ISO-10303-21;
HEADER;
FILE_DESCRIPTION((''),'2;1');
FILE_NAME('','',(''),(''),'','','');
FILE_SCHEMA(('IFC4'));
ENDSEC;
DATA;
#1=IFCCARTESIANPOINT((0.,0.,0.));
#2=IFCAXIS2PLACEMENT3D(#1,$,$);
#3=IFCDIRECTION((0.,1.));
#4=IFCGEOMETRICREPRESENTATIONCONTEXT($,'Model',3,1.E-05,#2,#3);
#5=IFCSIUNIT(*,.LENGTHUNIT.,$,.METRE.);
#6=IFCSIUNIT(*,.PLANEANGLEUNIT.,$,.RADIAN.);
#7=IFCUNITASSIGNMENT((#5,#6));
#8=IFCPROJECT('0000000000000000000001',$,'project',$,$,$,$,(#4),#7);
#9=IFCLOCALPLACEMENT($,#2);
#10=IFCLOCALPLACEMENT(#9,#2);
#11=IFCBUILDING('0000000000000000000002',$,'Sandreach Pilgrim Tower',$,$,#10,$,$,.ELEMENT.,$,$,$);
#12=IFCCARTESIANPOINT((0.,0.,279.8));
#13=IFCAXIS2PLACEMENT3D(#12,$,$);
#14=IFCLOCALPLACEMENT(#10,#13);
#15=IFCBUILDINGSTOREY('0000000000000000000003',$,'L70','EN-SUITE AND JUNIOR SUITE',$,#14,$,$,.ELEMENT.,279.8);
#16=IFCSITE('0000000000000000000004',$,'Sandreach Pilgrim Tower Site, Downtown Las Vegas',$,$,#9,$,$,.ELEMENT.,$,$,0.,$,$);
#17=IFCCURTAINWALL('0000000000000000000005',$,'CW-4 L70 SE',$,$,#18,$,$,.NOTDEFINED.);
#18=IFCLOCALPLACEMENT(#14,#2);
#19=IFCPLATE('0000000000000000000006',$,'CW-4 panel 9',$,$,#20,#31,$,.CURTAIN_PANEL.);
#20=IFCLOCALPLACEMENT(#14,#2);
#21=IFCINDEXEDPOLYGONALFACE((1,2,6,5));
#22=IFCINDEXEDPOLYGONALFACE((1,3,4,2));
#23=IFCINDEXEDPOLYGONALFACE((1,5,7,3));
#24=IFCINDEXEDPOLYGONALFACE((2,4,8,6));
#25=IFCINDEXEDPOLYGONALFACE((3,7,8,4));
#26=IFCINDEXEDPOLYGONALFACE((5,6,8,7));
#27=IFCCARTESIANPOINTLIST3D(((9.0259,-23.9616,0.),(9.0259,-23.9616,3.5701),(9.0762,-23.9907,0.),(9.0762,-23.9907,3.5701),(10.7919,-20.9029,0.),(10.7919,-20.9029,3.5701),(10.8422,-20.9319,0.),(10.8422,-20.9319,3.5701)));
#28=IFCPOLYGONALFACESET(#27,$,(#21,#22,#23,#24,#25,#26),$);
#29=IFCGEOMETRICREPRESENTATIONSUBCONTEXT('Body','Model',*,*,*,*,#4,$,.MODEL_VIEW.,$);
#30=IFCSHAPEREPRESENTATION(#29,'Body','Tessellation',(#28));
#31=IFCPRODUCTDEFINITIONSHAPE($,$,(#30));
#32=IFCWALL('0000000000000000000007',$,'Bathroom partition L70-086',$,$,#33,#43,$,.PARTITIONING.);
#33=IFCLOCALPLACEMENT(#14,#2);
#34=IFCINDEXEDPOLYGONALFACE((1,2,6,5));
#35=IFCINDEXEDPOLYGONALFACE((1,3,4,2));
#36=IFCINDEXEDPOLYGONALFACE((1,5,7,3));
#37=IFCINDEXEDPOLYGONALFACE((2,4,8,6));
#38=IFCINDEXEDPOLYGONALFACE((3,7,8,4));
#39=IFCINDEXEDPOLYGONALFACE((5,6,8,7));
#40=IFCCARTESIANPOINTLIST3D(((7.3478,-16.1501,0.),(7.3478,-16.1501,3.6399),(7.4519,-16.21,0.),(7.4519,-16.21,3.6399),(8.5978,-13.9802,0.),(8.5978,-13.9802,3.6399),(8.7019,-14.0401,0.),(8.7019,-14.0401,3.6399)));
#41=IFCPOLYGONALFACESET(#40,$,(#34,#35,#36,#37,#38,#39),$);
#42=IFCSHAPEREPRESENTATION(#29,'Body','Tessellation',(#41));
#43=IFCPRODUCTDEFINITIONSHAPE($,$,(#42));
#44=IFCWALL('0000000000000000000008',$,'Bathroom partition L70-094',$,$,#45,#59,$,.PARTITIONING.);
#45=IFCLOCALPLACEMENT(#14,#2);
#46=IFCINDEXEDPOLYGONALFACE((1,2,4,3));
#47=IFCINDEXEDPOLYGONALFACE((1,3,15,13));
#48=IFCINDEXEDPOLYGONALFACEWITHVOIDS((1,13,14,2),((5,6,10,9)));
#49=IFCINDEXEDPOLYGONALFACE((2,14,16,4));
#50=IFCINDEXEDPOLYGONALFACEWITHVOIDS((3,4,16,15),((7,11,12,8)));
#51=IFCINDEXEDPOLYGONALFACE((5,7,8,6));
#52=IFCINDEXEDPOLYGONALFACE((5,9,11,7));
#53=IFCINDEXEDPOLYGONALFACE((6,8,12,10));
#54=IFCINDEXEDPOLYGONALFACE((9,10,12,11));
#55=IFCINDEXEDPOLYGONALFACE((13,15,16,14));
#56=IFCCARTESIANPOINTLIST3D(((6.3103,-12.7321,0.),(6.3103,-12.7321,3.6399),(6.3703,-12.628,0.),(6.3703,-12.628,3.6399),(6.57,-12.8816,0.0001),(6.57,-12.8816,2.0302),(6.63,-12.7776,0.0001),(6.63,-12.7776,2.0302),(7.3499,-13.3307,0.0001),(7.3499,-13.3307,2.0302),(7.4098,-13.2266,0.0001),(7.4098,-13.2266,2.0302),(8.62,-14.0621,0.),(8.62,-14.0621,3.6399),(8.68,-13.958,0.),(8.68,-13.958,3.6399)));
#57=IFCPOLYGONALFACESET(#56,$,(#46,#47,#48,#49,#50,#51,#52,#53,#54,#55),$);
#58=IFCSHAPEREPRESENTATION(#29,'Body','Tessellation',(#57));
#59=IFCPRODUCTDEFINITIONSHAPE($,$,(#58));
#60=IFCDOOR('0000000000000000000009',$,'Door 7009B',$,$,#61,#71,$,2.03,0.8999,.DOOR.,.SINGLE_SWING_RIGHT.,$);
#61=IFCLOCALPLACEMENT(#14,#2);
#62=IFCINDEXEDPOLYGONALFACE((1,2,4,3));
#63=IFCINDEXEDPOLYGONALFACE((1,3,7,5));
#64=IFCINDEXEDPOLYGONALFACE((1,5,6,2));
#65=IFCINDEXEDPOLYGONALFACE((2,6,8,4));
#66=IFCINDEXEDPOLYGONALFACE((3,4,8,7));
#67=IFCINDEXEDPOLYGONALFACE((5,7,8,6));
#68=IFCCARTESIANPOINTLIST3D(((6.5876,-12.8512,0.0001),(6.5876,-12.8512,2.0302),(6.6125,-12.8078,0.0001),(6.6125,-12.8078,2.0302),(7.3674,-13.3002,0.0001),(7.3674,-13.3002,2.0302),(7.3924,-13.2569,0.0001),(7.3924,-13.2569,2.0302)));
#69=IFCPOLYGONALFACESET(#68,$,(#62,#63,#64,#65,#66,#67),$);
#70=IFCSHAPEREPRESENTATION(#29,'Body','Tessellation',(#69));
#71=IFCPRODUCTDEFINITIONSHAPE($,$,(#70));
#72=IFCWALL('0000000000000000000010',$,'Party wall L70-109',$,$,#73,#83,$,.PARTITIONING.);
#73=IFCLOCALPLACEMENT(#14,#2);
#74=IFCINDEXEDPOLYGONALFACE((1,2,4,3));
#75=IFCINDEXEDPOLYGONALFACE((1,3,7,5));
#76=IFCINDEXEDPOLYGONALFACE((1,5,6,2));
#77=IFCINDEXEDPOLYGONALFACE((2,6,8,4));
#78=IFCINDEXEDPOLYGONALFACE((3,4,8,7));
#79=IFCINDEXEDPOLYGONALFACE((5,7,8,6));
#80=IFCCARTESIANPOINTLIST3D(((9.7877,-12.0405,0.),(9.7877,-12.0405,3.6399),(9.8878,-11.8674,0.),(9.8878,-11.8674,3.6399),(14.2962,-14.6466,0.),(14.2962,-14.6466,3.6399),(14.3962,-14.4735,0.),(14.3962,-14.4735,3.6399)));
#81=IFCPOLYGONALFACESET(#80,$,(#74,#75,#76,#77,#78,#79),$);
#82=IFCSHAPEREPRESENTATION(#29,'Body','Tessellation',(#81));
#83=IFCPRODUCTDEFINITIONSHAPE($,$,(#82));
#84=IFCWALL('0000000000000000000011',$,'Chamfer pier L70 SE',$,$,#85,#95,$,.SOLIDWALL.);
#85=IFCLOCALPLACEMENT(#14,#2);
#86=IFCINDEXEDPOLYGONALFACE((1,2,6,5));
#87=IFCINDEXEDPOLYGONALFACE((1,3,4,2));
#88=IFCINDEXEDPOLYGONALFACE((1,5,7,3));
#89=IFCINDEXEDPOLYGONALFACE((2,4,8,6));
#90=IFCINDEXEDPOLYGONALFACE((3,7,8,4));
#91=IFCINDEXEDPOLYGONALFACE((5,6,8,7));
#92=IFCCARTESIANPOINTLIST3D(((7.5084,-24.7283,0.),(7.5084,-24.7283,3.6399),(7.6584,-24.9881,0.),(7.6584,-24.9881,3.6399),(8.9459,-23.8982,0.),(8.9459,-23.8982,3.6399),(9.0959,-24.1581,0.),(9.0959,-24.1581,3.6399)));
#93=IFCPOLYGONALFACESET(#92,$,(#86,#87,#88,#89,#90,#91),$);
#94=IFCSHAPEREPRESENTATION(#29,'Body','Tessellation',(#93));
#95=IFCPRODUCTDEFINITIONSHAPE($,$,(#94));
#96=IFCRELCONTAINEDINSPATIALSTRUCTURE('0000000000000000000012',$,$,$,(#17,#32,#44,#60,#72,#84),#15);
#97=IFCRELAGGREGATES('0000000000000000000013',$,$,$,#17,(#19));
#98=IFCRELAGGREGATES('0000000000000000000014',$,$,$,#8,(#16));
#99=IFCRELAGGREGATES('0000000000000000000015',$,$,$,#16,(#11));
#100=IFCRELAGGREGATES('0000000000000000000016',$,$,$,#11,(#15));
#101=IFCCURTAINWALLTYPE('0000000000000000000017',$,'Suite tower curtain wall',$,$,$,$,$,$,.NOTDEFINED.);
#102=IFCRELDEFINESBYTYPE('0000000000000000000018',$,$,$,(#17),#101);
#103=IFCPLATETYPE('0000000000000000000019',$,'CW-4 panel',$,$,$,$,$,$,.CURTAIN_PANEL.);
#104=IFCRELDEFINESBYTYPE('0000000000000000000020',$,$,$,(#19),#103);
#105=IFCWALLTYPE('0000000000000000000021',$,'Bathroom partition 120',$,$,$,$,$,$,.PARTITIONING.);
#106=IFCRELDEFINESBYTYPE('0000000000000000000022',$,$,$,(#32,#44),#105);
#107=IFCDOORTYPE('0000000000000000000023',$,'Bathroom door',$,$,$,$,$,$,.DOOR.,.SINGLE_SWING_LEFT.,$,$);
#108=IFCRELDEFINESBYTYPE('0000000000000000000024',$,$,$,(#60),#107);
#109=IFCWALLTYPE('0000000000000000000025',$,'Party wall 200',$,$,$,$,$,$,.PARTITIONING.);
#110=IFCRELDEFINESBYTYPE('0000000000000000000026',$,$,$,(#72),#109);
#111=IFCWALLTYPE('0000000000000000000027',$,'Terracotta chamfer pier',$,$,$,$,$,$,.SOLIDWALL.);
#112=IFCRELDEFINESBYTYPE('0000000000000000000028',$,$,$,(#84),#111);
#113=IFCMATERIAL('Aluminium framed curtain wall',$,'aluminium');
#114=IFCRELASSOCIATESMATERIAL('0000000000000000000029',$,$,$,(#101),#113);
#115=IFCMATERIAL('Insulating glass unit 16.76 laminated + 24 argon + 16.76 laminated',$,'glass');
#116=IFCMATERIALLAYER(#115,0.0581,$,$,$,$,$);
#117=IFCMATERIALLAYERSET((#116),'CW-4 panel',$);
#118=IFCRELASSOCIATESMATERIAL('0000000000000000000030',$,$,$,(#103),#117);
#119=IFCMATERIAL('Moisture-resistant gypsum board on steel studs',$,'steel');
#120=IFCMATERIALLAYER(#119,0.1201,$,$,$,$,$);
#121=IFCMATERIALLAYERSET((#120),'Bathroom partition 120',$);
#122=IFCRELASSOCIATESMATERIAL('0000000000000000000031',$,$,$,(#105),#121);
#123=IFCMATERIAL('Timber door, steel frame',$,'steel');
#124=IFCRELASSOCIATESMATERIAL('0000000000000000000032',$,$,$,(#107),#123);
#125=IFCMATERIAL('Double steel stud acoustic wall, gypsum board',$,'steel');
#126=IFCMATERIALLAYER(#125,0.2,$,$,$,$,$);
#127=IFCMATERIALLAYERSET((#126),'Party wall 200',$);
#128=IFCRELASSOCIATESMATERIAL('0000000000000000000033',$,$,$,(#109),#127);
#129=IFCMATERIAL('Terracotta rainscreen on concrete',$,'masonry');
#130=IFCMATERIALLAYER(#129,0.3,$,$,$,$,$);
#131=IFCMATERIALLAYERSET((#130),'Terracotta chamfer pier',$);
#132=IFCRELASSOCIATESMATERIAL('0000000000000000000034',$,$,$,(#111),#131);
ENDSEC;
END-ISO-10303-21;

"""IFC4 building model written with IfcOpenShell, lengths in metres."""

from ifc_helpers import new_model, si_unit, direction, frame, frame_2d, origin, origin_2d, place, context, subcontext, project, spatial, rectangle, extrude, material, layer, layer_set, type_object, element, fill, aggregate, save


model = new_model("IFC4")

# Units and contexts
model_context = context("Model", 3, precision=1e-05, world=origin(), true_north=direction((0.0, 1.0)))
body_context = subcontext(model_context, "Body", "Model", "MODEL_VIEW")
ifc_project = project(units=[si_unit("LENGTHUNIT", "METRE"), si_unit("PLANEANGLEUNIT", "RADIAN")], contexts=[model_context])

# Site, building, storey
site_placement = place(None, origin())
site = spatial("IfcSite", under=ifc_project, at=site_placement, Name="Sandreach Pilgrim Tower Site, Downtown Las Vegas", CompositionType="ELEMENT", RefElevation=0.0)
building_placement = place(site_placement, origin())
building = spatial("IfcBuilding", under=site, at=building_placement, Name="Sandreach Pilgrim Tower", CompositionType="ELEMENT")
storey_placement = place(building_placement, frame((0.0, 0.0, 279.8)))
storey = spatial("IfcBuildingStorey", under=building, at=storey_placement, Name="L70", Description="EN-SUITE AND JUNIOR SUITE", CompositionType="ELEMENT", Elevation=279.8)

# Curtain wall
ifc_material_1 = material(Name="Aluminium framed curtain wall", Category="aluminium")
curtain_wall_type = type_object("IfcCurtainWallType", Name="Suite tower curtain wall", PredefinedType="NOTDEFINED", material=ifc_material_1)
curtain_wall_1_placement = place(storey_placement, origin())
curtain_wall_1 = element("IfcCurtainWall", 1, at=curtain_wall_1_placement, inside=storey, type_object=curtain_wall_type, Name="CW-4 L70 SE", PredefinedType="NOTDEFINED")

# Plate
ifc_material_2 = material(Name="Insulating glass unit 16.76 laminated + 24 argon + 16.76 laminated", Category="glass")
ifc_layer_1 = layer(ifc_material_2, 0.0581)
ifc_layer_set_1 = layer_set([ifc_layer_1], Name="CW-4 panel")
plate_type = type_object("IfcPlateType", Name="CW-4 panel", PredefinedType="CURTAIN_PANEL", material=ifc_layer_set_1)
plate_1_placement = place(storey_placement, frame((9.9341, -22.4468, 0.0), z_axis=(0.0, 0.0, 1.0), x_axis=(-0.5, -0.866025, 0.0)))
plate_1 = element("IfcPlate", 2, at=plate_1_placement, type_object=plate_type, Name="CW-4 panel 9", PredefinedType="CURTAIN_PANEL", context=body_context, shape_type="SweptSolid", body=[
    extrude(rectangle(XDim=3.532, YDim=0.0581, at=origin_2d()), origin(), (0.0, 0.0, 1.0), 3.5701),
])
aggregate(curtain_wall_1, [plate_1])

# Wall
ifc_material_3 = material(Name="Moisture-resistant gypsum board on steel studs", Category="steel")
ifc_layer_2 = layer(ifc_material_3, 0.1201)
ifc_layer_set_2 = layer_set([ifc_layer_2], Name="Bathroom partition 120")
wall_type_1 = type_object("IfcWallType", Name="Bathroom partition 120", PredefinedType="PARTITIONING", material=ifc_layer_set_2)
wall_1_placement = place(storey_placement, frame((7.3999, -16.1799, 0.0), z_axis=(0.0, 0.0, 1.0), x_axis=(0.49916, 0.86651, 0.0)))
element("IfcWall", 3, at=wall_1_placement, inside=storey, type_object=wall_type_1, Name="Bathroom partition L70-086", PredefinedType="PARTITIONING", context=body_context, shape_type="SweptSolid", body=[
    extrude(rectangle(XDim=2.5042, YDim=0.1201, at=frame_2d((1.252, 0.0))), origin(), (0.0, 0.0, 1.0), 3.6399),
])

# Wall, opening, door
wall_2_placement = place(storey_placement, frame((8.6499, -14.01, 0.0), z_axis=(0.0, 0.0, 1.0), x_axis=(-0.866592, 0.499017, 0.0)))
wall_2 = element("IfcWall", 4, at=wall_2_placement, inside=storey, type_object=wall_type_1, Name="Bathroom partition L70-094", PredefinedType="PARTITIONING", context=body_context, shape_type="SweptSolid", body=[
    extrude(rectangle(XDim=2.6653, YDim=0.1201, at=frame_2d((1.3325, 0.0))), origin(), (0.0, 0.0, 1.0), 3.6399),
])
opening_placement = place(wall_2_placement, frame((1.4656, 0.0, 0.0)))
opening = element("IfcOpeningElement", 5, at=opening_placement, cuts=wall_2, PredefinedType="OPENING", context=body_context, shape_type="SweptSolid", body=[
    extrude(rectangle(XDim=0.8999, YDim=2.03, at=frame_2d((0.45, 1.0151))), frame((0.0, 0.0601, 0.0), z_axis=(0.0, -1.0, 0.0), x_axis=(1.0, 0.0, 0.0)), (0.0, 0.0, 1.0), 0.1201),
])
ifc_material_4 = material(Name="Timber door, steel frame", Category="steel")
door_type = type_object("IfcDoorType", Name="Bathroom door", OperationType="SINGLE_SWING_LEFT", PredefinedType="DOOR", material=ifc_material_4)
door_placement = place(opening_placement, origin())
door = element("IfcDoor", 6, at=door_placement, inside=storey, type_object=door_type, Name="Door 7009B", OperationType="SINGLE_SWING_RIGHT", OverallHeight=2.03, OverallWidth=0.8999, PredefinedType="DOOR", context=body_context, shape_type="SweptSolid", body=[
    extrude(rectangle(XDim=0.8999, YDim=2.03, at=frame_2d((0.45, 1.0151))), frame((0.0, 0.0249, 0.0), z_axis=(0.0, -1.0, 0.0), x_axis=(1.0, 0.0, 0.0)), (0.0, 0.0, 1.0), 0.05),
])
fill(opening, door)

# Walls
ifc_material_5 = material(Name="Double steel stud acoustic wall, gypsum board", Category="steel")
ifc_layer_3 = layer(ifc_material_5, 0.2)
ifc_layer_set_3 = layer_set([ifc_layer_3], Name="Party wall 200")
wall_type_2 = type_object("IfcWallType", Name="Party wall 200", PredefinedType="PARTITIONING", material=ifc_layer_set_3)
wall_3_placement = place(storey_placement, frame((14.3462, -14.5601, 0.0), z_axis=(0.0, 0.0, 1.0), x_axis=(-0.86576, 0.50046, 0.0)))
element("IfcWall", 7, at=wall_3_placement, inside=storey, type_object=wall_type_2, Name="Party wall L70-109", PredefinedType="PARTITIONING", context=body_context, shape_type="SweptSolid", body=[
    extrude(rectangle(XDim=5.2075, YDim=0.2, at=frame_2d((2.6038, 0.0))), origin(), (0.0, 0.0, 1.0), 3.6399),
])
ifc_material_6 = material(Name="Terracotta rainscreen on concrete", Category="masonry")
ifc_layer_4 = layer(ifc_material_6, 0.3)
ifc_layer_set_4 = layer_set([ifc_layer_4], Name="Terracotta chamfer pier")
wall_type_3 = type_object("IfcWallType", Name="Terracotta chamfer pier", PredefinedType="SOLIDWALL", material=ifc_layer_set_4)
wall_4_placement = place(storey_placement, frame((9.021, -24.0281, 0.0), z_axis=(0.0, 0.0, 1.0), x_axis=(-0.86599, -0.500062, 0.0)))
element("IfcWall", 8, at=wall_4_placement, inside=storey, type_object=wall_type_3, Name="Chamfer pier L70 SE", PredefinedType="SOLIDWALL", context=body_context, shape_type="SweptSolid", body=[
    extrude(rectangle(XDim=1.6599, YDim=0.3, at=frame_2d((0.8301, 0.0))), origin(), (0.0, 0.0, 1.0), 3.6399),
])

save(model, "model.ifc")
